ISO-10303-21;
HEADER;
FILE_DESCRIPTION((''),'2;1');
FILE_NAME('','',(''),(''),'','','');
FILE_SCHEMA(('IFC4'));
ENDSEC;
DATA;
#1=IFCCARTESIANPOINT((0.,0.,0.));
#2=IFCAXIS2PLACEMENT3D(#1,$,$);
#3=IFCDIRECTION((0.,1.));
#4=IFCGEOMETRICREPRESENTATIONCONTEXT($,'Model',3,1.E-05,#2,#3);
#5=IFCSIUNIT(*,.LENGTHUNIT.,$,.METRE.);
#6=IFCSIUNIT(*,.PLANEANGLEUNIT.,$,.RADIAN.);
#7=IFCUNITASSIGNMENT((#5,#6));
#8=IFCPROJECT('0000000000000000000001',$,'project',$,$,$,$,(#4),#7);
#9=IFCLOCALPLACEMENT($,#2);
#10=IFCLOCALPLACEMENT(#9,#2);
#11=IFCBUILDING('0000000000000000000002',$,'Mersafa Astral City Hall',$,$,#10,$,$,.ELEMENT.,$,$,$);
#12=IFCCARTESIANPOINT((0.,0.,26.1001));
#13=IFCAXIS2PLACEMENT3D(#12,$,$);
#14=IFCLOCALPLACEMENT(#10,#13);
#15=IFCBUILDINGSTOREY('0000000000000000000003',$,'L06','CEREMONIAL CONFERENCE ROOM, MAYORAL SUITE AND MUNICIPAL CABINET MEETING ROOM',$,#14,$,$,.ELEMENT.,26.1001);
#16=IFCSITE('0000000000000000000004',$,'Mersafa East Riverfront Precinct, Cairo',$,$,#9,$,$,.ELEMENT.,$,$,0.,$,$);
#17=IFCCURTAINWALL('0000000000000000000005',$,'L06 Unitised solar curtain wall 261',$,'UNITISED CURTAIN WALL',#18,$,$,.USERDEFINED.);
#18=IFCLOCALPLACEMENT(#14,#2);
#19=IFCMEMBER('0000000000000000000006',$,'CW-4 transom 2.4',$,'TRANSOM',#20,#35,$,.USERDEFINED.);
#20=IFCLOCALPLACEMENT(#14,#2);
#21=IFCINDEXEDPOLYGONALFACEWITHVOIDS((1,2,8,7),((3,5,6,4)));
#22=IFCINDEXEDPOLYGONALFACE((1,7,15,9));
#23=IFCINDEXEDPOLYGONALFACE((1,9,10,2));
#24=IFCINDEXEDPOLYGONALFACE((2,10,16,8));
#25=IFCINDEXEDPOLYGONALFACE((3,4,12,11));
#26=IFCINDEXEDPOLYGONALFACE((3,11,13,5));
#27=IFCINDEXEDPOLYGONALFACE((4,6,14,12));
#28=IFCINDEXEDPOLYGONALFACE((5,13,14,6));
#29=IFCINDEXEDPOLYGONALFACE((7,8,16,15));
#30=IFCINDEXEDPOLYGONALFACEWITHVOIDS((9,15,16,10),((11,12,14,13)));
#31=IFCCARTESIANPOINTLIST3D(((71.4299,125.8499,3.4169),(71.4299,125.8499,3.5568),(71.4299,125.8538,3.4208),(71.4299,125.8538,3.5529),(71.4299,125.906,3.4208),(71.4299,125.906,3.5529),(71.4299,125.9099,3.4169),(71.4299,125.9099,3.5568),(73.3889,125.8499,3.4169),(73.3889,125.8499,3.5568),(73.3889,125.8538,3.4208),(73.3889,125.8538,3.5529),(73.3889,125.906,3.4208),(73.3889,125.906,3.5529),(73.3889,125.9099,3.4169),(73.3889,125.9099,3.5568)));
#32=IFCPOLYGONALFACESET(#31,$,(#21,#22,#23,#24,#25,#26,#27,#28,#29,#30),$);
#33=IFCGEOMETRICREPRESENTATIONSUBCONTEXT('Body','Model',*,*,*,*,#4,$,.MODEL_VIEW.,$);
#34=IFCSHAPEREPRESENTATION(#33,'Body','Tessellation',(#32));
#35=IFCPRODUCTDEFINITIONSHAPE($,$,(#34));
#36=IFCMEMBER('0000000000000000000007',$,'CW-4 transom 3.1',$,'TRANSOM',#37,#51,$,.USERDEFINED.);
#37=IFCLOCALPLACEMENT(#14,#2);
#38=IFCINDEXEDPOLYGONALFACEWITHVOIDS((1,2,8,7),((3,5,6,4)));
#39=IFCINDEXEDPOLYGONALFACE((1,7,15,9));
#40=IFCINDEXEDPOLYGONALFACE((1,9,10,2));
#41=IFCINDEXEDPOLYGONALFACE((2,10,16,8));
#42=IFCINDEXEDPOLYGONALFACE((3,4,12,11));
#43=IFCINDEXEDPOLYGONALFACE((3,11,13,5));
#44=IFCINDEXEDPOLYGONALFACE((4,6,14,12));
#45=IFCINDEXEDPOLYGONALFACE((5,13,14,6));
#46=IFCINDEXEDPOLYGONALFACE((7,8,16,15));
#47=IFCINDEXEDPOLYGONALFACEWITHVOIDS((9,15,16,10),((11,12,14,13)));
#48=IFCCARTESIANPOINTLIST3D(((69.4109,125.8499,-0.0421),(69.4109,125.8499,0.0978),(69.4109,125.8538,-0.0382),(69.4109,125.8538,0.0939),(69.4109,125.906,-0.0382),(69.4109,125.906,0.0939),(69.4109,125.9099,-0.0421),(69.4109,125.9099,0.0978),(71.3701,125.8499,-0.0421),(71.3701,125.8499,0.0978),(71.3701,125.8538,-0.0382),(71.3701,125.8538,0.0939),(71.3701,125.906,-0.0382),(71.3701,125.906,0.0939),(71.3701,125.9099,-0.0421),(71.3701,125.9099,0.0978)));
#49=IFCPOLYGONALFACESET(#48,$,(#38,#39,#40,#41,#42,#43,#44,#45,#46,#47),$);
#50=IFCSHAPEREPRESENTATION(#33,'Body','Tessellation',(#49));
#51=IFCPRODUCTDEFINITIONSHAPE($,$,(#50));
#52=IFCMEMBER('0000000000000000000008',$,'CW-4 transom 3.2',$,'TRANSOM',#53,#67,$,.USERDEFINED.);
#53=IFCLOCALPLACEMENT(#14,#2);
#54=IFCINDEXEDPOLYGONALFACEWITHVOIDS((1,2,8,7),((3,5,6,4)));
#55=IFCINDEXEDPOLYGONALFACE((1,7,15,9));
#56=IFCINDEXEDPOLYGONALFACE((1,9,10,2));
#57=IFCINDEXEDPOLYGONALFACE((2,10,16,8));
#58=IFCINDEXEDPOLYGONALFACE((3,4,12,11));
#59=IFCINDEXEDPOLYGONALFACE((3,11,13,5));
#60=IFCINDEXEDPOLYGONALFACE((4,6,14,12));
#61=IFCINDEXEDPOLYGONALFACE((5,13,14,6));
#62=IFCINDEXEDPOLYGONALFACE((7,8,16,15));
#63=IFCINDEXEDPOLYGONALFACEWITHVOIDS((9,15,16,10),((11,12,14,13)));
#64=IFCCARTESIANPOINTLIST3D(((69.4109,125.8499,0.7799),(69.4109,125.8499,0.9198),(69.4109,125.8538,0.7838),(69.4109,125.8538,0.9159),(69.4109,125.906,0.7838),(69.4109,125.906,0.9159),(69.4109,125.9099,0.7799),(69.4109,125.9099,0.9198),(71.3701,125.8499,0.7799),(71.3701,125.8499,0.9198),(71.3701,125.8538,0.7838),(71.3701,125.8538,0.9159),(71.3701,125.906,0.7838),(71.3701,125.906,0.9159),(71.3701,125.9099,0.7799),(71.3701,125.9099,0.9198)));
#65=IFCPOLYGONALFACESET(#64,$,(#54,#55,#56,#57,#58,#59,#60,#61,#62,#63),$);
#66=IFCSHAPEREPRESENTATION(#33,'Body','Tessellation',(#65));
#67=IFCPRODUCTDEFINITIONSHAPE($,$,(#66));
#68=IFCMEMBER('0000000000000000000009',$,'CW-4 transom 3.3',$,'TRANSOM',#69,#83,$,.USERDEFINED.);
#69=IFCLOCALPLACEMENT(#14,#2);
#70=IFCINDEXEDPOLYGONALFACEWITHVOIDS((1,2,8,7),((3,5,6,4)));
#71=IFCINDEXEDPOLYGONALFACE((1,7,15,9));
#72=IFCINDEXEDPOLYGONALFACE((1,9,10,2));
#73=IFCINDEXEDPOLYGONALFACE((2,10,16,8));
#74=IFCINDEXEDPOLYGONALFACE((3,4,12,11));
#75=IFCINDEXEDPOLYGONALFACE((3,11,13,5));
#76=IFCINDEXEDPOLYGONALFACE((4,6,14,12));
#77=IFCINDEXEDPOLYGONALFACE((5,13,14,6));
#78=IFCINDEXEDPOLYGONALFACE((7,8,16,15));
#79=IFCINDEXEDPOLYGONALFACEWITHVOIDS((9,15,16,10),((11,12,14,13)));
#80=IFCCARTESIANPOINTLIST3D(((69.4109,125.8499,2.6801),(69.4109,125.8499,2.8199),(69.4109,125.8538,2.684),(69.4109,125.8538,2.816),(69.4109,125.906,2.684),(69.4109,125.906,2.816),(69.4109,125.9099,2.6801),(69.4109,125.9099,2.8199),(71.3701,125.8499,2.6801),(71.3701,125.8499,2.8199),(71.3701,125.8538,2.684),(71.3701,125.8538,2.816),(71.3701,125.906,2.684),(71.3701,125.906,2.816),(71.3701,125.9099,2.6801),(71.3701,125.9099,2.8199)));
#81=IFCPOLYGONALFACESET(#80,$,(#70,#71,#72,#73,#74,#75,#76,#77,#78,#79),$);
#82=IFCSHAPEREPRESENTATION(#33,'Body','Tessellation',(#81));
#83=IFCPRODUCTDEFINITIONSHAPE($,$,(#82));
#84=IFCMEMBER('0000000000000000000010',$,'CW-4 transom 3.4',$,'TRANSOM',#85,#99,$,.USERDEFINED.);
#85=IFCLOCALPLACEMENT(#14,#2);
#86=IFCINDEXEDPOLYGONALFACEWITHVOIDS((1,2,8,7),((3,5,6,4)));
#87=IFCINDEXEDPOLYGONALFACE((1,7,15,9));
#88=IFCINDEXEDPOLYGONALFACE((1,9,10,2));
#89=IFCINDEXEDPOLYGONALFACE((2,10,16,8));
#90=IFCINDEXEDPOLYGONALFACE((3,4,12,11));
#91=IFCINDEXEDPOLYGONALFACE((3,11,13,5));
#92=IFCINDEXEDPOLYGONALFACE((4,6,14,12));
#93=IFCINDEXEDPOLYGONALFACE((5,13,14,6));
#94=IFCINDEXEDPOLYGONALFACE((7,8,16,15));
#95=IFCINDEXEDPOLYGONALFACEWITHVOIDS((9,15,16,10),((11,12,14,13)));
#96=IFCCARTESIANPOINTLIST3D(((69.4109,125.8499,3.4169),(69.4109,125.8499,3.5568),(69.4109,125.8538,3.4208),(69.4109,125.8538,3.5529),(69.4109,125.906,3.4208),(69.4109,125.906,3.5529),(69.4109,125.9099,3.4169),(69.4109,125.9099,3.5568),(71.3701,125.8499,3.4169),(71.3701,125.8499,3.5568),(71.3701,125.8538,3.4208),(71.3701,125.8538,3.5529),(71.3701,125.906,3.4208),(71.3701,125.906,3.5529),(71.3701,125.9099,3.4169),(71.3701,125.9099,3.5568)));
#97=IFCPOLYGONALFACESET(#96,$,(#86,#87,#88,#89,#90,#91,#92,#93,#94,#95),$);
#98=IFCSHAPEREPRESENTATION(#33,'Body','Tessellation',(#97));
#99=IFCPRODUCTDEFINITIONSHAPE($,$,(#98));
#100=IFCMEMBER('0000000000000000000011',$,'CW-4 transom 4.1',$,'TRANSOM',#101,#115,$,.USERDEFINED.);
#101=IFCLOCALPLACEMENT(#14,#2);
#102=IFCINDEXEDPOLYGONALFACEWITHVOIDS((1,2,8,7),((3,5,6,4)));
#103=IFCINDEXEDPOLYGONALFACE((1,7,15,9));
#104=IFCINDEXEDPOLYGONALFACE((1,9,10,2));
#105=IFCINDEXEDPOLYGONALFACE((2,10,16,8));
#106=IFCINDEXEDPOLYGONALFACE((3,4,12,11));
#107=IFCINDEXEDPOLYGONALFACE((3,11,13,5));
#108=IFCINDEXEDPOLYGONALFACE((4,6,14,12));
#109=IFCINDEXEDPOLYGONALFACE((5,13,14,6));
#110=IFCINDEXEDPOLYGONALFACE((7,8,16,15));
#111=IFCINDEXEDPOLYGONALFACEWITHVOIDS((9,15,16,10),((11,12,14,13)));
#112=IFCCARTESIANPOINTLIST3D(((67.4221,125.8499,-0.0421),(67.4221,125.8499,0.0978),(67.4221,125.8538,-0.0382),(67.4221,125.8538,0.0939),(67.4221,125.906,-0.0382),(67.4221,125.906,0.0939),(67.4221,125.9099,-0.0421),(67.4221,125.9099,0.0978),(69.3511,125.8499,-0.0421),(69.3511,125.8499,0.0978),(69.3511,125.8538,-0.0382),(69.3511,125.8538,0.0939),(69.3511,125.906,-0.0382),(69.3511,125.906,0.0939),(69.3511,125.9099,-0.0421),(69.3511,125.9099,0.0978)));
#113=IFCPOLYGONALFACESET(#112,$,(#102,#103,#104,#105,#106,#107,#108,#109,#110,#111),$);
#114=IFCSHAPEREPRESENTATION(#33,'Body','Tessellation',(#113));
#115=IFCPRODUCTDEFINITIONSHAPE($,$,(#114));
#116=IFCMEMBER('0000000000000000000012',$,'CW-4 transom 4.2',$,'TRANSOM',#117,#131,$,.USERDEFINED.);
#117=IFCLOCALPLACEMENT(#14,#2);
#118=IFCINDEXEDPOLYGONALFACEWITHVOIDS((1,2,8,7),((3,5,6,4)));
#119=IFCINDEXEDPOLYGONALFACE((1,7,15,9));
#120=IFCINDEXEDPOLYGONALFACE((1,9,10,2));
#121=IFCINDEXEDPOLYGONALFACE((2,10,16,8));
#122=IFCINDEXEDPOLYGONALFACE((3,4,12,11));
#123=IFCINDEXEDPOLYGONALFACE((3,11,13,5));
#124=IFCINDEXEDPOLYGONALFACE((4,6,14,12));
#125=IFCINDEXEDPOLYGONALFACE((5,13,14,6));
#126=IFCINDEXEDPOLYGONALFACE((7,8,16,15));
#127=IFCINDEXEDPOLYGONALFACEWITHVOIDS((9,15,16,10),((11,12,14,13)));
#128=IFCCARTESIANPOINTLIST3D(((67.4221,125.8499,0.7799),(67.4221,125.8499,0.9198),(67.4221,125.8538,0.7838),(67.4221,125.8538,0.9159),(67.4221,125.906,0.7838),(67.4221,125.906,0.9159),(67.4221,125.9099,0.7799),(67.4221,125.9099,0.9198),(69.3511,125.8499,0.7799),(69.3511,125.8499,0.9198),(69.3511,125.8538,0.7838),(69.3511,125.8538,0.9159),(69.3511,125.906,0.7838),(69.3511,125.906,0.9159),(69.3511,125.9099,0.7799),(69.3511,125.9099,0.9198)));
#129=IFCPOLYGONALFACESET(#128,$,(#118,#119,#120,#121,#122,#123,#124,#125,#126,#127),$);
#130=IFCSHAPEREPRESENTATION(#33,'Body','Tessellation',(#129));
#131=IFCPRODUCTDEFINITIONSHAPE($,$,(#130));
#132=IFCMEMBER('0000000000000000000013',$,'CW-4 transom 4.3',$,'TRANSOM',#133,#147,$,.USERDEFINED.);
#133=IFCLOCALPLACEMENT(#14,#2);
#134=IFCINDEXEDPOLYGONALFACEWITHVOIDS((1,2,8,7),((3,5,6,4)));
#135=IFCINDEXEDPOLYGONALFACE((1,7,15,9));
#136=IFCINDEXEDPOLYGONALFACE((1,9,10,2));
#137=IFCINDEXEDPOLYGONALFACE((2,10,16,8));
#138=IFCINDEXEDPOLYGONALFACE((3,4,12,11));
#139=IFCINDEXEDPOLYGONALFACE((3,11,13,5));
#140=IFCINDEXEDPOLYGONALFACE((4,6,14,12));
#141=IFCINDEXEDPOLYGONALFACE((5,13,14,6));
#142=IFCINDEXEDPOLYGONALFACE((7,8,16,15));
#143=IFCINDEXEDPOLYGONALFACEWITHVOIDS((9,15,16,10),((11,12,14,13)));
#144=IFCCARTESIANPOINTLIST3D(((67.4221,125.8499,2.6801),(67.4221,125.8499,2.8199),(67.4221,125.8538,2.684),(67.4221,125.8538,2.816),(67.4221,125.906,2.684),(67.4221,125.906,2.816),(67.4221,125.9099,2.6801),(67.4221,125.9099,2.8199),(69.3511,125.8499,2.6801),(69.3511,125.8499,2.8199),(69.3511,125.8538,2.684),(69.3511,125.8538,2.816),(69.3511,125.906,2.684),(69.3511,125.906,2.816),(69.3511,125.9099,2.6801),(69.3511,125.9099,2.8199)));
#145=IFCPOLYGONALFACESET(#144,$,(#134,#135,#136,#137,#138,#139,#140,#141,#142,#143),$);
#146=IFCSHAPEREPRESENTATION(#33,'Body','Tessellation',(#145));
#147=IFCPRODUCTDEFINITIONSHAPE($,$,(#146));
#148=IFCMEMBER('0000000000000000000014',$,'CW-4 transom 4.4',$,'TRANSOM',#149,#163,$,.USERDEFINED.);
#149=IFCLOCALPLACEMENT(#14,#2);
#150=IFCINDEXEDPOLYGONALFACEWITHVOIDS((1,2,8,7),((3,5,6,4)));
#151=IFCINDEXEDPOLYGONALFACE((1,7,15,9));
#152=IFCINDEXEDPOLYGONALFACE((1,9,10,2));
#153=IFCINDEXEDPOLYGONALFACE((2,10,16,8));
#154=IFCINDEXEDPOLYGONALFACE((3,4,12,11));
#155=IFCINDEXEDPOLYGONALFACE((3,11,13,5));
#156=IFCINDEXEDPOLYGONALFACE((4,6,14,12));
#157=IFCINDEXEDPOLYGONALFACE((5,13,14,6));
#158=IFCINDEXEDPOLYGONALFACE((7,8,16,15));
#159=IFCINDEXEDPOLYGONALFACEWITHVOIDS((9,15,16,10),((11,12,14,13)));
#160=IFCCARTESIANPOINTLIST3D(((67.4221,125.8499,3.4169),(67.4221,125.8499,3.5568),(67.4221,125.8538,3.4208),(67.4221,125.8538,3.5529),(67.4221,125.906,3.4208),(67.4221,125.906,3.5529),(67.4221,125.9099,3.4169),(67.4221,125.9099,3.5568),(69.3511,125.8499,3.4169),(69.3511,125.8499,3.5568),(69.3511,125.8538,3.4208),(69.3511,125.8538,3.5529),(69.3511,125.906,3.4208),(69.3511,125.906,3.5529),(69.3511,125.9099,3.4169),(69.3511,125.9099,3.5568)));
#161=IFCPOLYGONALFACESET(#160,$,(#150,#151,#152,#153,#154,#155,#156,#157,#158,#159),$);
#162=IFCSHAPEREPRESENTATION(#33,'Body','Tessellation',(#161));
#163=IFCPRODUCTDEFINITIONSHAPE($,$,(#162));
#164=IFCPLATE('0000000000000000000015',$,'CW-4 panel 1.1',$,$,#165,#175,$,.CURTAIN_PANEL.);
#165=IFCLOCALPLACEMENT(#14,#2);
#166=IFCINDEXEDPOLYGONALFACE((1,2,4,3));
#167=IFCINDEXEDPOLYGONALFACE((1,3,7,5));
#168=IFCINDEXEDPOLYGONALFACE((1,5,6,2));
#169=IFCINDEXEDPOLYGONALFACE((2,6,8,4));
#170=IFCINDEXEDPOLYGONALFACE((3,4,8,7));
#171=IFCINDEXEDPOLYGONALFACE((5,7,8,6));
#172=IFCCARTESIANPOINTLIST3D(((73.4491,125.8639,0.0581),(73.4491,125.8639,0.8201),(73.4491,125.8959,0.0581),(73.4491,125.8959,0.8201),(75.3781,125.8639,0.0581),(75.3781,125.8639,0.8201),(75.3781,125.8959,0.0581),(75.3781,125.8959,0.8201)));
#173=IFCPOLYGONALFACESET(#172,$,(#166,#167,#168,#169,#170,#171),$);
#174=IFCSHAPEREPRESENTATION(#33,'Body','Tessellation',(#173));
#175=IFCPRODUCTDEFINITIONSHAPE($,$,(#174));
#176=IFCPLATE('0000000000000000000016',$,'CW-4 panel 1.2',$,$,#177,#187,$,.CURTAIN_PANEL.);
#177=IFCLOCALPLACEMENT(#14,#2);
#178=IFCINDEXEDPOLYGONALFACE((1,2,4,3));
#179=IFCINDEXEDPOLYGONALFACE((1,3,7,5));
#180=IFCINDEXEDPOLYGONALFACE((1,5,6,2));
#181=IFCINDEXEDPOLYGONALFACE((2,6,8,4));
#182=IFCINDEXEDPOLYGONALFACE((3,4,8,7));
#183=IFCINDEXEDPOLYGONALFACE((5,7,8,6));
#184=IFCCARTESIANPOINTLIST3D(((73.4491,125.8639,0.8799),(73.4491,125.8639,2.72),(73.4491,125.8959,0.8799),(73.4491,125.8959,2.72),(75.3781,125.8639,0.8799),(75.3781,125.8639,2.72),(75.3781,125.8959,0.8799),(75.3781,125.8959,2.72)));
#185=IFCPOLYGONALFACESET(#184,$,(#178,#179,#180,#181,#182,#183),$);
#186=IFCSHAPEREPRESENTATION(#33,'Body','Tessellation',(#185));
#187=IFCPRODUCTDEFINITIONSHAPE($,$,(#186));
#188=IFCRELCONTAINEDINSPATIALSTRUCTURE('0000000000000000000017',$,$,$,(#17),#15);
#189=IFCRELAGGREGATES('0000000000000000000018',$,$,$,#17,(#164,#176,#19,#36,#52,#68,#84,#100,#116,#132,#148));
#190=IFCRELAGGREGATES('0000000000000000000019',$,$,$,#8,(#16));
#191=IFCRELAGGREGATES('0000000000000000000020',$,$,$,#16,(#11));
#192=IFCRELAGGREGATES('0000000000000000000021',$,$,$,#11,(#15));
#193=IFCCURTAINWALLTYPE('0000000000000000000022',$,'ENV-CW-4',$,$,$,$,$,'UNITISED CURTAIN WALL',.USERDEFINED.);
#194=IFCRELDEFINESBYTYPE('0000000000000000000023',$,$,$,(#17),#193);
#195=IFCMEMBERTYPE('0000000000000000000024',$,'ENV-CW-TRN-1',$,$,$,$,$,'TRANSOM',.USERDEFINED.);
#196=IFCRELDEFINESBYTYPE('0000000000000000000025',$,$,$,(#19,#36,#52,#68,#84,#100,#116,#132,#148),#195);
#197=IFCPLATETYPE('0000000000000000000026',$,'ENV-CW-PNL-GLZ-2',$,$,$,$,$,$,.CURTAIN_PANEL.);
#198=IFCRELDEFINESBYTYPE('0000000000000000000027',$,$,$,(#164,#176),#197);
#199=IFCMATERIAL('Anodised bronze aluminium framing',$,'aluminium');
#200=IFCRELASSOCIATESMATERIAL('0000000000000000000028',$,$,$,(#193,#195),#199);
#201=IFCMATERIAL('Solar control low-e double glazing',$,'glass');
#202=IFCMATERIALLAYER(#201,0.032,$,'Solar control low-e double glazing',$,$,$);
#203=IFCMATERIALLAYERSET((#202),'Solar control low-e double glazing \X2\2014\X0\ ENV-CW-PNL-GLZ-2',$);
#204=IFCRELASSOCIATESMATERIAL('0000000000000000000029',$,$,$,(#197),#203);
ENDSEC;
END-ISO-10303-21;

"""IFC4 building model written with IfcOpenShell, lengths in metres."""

from ifc_helpers import new_model, si_unit, direction, frame, origin, origin_2d, place, context, subcontext, project, spatial, rectangle, hollow_rectangle, extrude, material, layer, layer_set, material_profile, profile_set, type_object, element, aggregate, save


model = new_model("IFC4")

# Units and contexts
model_context = context("Model", 3, precision=1e-05, world=origin(), true_north=direction((0.0, 1.0)))
body_context = subcontext(model_context, "Body", "Model", "MODEL_VIEW")
ifc_project = project(units=[si_unit("LENGTHUNIT", "METRE"), si_unit("PLANEANGLEUNIT", "RADIAN")], contexts=[model_context])

# Site, building, storey
site_placement = place(None, origin())
site = spatial("IfcSite", under=ifc_project, at=site_placement, Name="Mersafa East Riverfront Precinct, Cairo", CompositionType="ELEMENT", RefElevation=0.0)
building_placement = place(site_placement, origin())
building = spatial("IfcBuilding", under=site, at=building_placement, Name="Mersafa Astral City Hall", CompositionType="ELEMENT")
storey_placement = place(building_placement, frame((0.0, 0.0, 26.1001)))
storey = spatial("IfcBuildingStorey", under=building, at=storey_placement, Name="L06", Description="CEREMONIAL CONFERENCE ROOM, MAYORAL SUITE AND MUNICIPAL CABINET MEETING ROOM", CompositionType="ELEMENT", Elevation=26.1001)

# Curtain wall, members, plates
ifc_material_1 = material(Name="Anodised bronze aluminium framing", Category="aluminium")
curtain_wall_type = type_object("IfcCurtainWallType", Name="ENV-CW-4", ElementType="UNITISED CURTAIN WALL", PredefinedType="USERDEFINED", material=ifc_material_1)
curtain_wall_placement = place(storey_placement, origin())
curtain_wall = element("IfcCurtainWall", 1, at=curtain_wall_placement, inside=storey, type_object=curtain_wall_type, Name="L06 Unitised solar curtain wall 261", ObjectType="UNITISED CURTAIN WALL", PredefinedType="USERDEFINED")
ifc_material_profile_1 = material_profile(ifc_material_1, hollow_rectangle(XDim=0.0601, YDim=0.1399, WallThickness=0.0039, at=origin_2d()), Name="RHS 60x140x4")
ifc_profile_set_1 = profile_set([ifc_material_profile_1], Name="Anodised bronze aluminium framing")
member_type_1 = type_object("IfcMemberType", Name="ENV-CW-TRN-1", ElementType="TRANSOM", PredefinedType="USERDEFINED", material=ifc_profile_set_1)
member_1_placement = place(storey_placement, frame((73.3889, 125.8799, 3.4868), z_axis=(-1.0, 0.0, 0.0), x_axis=(0.0, -1.0, 0.0)))
member_1 = element("IfcMember", 2, at=member_1_placement, type_object=member_type_1, Name="CW-4 transom 2.4", ObjectType="TRANSOM", PredefinedType="USERDEFINED", context=body_context, shape_type="SweptSolid", body=[
    extrude(hollow_rectangle(XDim=0.0601, YDim=0.1399, WallThickness=0.0039, at=origin_2d()), origin(), (0.0, 0.0, 1.0), 1.959),
])
member_2_placement = place(storey_placement, frame((71.3701, 125.8799, 0.0278), z_axis=(-1.0, 0.0, 0.0), x_axis=(0.0, -1.0, 0.0)))
member_2 = element("IfcMember", 3, at=member_2_placement, type_object=member_type_1, Name="CW-4 transom 3.1", ObjectType="TRANSOM", PredefinedType="USERDEFINED", context=body_context, shape_type="SweptSolid", body=[
    extrude(hollow_rectangle(XDim=0.0601, YDim=0.1399, WallThickness=0.0039, at=origin_2d()), origin(), (0.0, 0.0, 1.0), 1.9592),
])
member_3_placement = place(storey_placement, frame((71.3701, 125.8799, 0.8499), z_axis=(-1.0, 0.0, 0.0), x_axis=(0.0, -1.0, 0.0)))
member_3 = element("IfcMember", 4, at=member_3_placement, type_object=member_type_1, Name="CW-4 transom 3.2", ObjectType="TRANSOM", PredefinedType="USERDEFINED", context=body_context, shape_type="SweptSolid", body=[
    extrude(hollow_rectangle(XDim=0.0601, YDim=0.1399, WallThickness=0.0039, at=origin_2d()), origin(), (0.0, 0.0, 1.0), 1.9592),
])
member_4_placement = place(storey_placement, frame((71.3701, 125.8799, 2.75), z_axis=(-1.0, 0.0, 0.0), x_axis=(0.0, -1.0, 0.0)))
member_4 = element("IfcMember", 5, at=member_4_placement, type_object=member_type_1, Name="CW-4 transom 3.3", ObjectType="TRANSOM", PredefinedType="USERDEFINED", context=body_context, shape_type="SweptSolid", body=[
    extrude(hollow_rectangle(XDim=0.0601, YDim=0.1399, WallThickness=0.0039, at=origin_2d()), origin(), (0.0, 0.0, 1.0), 1.9592),
])
member_5_placement = place(storey_placement, frame((71.3701, 125.8799, 3.4868), z_axis=(-1.0, 0.0, 0.0), x_axis=(0.0, -1.0, 0.0)))
member_5 = element("IfcMember", 6, at=member_5_placement, type_object=member_type_1, Name="CW-4 transom 3.4", ObjectType="TRANSOM", PredefinedType="USERDEFINED", context=body_context, shape_type="SweptSolid", body=[
    extrude(hollow_rectangle(XDim=0.0601, YDim=0.1399, WallThickness=0.0039, at=origin_2d()), origin(), (0.0, 0.0, 1.0), 1.9592),
])
member_6_placement = place(storey_placement, frame((69.3511, 125.8799, 0.0278), z_axis=(-1.0, 0.0, 0.0), x_axis=(0.0, -1.0, 0.0)))
member_6 = element("IfcMember", 7, at=member_6_placement, type_object=member_type_1, Name="CW-4 transom 4.1", ObjectType="TRANSOM", PredefinedType="USERDEFINED", context=body_context, shape_type="SweptSolid", body=[
    extrude(hollow_rectangle(XDim=0.0601, YDim=0.1399, WallThickness=0.0039, at=origin_2d()), origin(), (0.0, 0.0, 1.0), 1.929),
])
member_7_placement = place(storey_placement, frame((69.3511, 125.8799, 0.8499), z_axis=(-1.0, 0.0, 0.0), x_axis=(0.0, -1.0, 0.0)))
member_7 = element("IfcMember", 8, at=member_7_placement, type_object=member_type_1, Name="CW-4 transom 4.2", ObjectType="TRANSOM", PredefinedType="USERDEFINED", context=body_context, shape_type="SweptSolid", body=[
    extrude(hollow_rectangle(XDim=0.0601, YDim=0.1399, WallThickness=0.0039, at=origin_2d()), origin(), (0.0, 0.0, 1.0), 1.929),
])
member_8_placement = place(storey_placement, frame((69.3511, 125.8799, 2.75), z_axis=(-1.0, 0.0, 0.0), x_axis=(0.0, -1.0, 0.0)))
member_8 = element("IfcMember", 9, at=member_8_placement, type_object=member_type_1, Name="CW-4 transom 4.3", ObjectType="TRANSOM", PredefinedType="USERDEFINED", context=body_context, shape_type="SweptSolid", body=[
    extrude(hollow_rectangle(XDim=0.0601, YDim=0.1399, WallThickness=0.0039, at=origin_2d()), origin(), (0.0, 0.0, 1.0), 1.929),
])
member_9_placement = place(storey_placement, frame((69.3511, 125.8799, 3.4868), z_axis=(-1.0, 0.0, 0.0), x_axis=(0.0, -1.0, 0.0)))
member_9 = element("IfcMember", 10, at=member_9_placement, type_object=member_type_1, Name="CW-4 transom 4.4", ObjectType="TRANSOM", PredefinedType="USERDEFINED", context=body_context, shape_type="SweptSolid", body=[
    extrude(hollow_rectangle(XDim=0.0601, YDim=0.1399, WallThickness=0.0039, at=origin_2d()), origin(), (0.0, 0.0, 1.0), 1.929),
])
ifc_material_2 = material(Name="Solar control low-e double glazing", Category="glass")
ifc_layer_1 = layer(ifc_material_2, 0.032, Name="Solar control low-e double glazing")
ifc_layer_set_1 = layer_set([ifc_layer_1], Name="Solar control low-e double glazing — ENV-CW-PNL-GLZ-2")
plate_type = type_object("IfcPlateType", Name="ENV-CW-PNL-GLZ-2", PredefinedType="CURTAIN_PANEL", material=ifc_layer_set_1)
plate_1_placement = place(storey_placement, frame((74.4136, 125.8799, 0.0581), z_axis=(0.0, 0.0, 1.0), x_axis=(-1.0, 0.0, 0.0)))
plate_1 = element("IfcPlate", 11, at=plate_1_placement, type_object=plate_type, Name="CW-4 panel 1.1", PredefinedType="CURTAIN_PANEL", context=body_context, shape_type="SweptSolid", body=[
    extrude(rectangle(XDim=1.929, YDim=0.032, at=origin_2d()), origin(), (0.0, 0.0, 1.0), 0.762),
])
plate_2_placement = place(storey_placement, frame((74.4136, 125.8799, 0.8799), z_axis=(0.0, 0.0, 1.0), x_axis=(-1.0, 0.0, 0.0)))
plate_2 = element("IfcPlate", 12, at=plate_2_placement, type_object=plate_type, Name="CW-4 panel 1.2", PredefinedType="CURTAIN_PANEL", context=body_context, shape_type="SweptSolid", body=[
    extrude(rectangle(XDim=1.929, YDim=0.032, at=origin_2d()), origin(), (0.0, 0.0, 1.0), 1.8401),
])
aggregate(curtain_wall, [plate_1, plate_2, member_1, member_2, member_3, member_4, member_5, member_6, member_7, member_8, member_9])

save(model, "model.ifc")
